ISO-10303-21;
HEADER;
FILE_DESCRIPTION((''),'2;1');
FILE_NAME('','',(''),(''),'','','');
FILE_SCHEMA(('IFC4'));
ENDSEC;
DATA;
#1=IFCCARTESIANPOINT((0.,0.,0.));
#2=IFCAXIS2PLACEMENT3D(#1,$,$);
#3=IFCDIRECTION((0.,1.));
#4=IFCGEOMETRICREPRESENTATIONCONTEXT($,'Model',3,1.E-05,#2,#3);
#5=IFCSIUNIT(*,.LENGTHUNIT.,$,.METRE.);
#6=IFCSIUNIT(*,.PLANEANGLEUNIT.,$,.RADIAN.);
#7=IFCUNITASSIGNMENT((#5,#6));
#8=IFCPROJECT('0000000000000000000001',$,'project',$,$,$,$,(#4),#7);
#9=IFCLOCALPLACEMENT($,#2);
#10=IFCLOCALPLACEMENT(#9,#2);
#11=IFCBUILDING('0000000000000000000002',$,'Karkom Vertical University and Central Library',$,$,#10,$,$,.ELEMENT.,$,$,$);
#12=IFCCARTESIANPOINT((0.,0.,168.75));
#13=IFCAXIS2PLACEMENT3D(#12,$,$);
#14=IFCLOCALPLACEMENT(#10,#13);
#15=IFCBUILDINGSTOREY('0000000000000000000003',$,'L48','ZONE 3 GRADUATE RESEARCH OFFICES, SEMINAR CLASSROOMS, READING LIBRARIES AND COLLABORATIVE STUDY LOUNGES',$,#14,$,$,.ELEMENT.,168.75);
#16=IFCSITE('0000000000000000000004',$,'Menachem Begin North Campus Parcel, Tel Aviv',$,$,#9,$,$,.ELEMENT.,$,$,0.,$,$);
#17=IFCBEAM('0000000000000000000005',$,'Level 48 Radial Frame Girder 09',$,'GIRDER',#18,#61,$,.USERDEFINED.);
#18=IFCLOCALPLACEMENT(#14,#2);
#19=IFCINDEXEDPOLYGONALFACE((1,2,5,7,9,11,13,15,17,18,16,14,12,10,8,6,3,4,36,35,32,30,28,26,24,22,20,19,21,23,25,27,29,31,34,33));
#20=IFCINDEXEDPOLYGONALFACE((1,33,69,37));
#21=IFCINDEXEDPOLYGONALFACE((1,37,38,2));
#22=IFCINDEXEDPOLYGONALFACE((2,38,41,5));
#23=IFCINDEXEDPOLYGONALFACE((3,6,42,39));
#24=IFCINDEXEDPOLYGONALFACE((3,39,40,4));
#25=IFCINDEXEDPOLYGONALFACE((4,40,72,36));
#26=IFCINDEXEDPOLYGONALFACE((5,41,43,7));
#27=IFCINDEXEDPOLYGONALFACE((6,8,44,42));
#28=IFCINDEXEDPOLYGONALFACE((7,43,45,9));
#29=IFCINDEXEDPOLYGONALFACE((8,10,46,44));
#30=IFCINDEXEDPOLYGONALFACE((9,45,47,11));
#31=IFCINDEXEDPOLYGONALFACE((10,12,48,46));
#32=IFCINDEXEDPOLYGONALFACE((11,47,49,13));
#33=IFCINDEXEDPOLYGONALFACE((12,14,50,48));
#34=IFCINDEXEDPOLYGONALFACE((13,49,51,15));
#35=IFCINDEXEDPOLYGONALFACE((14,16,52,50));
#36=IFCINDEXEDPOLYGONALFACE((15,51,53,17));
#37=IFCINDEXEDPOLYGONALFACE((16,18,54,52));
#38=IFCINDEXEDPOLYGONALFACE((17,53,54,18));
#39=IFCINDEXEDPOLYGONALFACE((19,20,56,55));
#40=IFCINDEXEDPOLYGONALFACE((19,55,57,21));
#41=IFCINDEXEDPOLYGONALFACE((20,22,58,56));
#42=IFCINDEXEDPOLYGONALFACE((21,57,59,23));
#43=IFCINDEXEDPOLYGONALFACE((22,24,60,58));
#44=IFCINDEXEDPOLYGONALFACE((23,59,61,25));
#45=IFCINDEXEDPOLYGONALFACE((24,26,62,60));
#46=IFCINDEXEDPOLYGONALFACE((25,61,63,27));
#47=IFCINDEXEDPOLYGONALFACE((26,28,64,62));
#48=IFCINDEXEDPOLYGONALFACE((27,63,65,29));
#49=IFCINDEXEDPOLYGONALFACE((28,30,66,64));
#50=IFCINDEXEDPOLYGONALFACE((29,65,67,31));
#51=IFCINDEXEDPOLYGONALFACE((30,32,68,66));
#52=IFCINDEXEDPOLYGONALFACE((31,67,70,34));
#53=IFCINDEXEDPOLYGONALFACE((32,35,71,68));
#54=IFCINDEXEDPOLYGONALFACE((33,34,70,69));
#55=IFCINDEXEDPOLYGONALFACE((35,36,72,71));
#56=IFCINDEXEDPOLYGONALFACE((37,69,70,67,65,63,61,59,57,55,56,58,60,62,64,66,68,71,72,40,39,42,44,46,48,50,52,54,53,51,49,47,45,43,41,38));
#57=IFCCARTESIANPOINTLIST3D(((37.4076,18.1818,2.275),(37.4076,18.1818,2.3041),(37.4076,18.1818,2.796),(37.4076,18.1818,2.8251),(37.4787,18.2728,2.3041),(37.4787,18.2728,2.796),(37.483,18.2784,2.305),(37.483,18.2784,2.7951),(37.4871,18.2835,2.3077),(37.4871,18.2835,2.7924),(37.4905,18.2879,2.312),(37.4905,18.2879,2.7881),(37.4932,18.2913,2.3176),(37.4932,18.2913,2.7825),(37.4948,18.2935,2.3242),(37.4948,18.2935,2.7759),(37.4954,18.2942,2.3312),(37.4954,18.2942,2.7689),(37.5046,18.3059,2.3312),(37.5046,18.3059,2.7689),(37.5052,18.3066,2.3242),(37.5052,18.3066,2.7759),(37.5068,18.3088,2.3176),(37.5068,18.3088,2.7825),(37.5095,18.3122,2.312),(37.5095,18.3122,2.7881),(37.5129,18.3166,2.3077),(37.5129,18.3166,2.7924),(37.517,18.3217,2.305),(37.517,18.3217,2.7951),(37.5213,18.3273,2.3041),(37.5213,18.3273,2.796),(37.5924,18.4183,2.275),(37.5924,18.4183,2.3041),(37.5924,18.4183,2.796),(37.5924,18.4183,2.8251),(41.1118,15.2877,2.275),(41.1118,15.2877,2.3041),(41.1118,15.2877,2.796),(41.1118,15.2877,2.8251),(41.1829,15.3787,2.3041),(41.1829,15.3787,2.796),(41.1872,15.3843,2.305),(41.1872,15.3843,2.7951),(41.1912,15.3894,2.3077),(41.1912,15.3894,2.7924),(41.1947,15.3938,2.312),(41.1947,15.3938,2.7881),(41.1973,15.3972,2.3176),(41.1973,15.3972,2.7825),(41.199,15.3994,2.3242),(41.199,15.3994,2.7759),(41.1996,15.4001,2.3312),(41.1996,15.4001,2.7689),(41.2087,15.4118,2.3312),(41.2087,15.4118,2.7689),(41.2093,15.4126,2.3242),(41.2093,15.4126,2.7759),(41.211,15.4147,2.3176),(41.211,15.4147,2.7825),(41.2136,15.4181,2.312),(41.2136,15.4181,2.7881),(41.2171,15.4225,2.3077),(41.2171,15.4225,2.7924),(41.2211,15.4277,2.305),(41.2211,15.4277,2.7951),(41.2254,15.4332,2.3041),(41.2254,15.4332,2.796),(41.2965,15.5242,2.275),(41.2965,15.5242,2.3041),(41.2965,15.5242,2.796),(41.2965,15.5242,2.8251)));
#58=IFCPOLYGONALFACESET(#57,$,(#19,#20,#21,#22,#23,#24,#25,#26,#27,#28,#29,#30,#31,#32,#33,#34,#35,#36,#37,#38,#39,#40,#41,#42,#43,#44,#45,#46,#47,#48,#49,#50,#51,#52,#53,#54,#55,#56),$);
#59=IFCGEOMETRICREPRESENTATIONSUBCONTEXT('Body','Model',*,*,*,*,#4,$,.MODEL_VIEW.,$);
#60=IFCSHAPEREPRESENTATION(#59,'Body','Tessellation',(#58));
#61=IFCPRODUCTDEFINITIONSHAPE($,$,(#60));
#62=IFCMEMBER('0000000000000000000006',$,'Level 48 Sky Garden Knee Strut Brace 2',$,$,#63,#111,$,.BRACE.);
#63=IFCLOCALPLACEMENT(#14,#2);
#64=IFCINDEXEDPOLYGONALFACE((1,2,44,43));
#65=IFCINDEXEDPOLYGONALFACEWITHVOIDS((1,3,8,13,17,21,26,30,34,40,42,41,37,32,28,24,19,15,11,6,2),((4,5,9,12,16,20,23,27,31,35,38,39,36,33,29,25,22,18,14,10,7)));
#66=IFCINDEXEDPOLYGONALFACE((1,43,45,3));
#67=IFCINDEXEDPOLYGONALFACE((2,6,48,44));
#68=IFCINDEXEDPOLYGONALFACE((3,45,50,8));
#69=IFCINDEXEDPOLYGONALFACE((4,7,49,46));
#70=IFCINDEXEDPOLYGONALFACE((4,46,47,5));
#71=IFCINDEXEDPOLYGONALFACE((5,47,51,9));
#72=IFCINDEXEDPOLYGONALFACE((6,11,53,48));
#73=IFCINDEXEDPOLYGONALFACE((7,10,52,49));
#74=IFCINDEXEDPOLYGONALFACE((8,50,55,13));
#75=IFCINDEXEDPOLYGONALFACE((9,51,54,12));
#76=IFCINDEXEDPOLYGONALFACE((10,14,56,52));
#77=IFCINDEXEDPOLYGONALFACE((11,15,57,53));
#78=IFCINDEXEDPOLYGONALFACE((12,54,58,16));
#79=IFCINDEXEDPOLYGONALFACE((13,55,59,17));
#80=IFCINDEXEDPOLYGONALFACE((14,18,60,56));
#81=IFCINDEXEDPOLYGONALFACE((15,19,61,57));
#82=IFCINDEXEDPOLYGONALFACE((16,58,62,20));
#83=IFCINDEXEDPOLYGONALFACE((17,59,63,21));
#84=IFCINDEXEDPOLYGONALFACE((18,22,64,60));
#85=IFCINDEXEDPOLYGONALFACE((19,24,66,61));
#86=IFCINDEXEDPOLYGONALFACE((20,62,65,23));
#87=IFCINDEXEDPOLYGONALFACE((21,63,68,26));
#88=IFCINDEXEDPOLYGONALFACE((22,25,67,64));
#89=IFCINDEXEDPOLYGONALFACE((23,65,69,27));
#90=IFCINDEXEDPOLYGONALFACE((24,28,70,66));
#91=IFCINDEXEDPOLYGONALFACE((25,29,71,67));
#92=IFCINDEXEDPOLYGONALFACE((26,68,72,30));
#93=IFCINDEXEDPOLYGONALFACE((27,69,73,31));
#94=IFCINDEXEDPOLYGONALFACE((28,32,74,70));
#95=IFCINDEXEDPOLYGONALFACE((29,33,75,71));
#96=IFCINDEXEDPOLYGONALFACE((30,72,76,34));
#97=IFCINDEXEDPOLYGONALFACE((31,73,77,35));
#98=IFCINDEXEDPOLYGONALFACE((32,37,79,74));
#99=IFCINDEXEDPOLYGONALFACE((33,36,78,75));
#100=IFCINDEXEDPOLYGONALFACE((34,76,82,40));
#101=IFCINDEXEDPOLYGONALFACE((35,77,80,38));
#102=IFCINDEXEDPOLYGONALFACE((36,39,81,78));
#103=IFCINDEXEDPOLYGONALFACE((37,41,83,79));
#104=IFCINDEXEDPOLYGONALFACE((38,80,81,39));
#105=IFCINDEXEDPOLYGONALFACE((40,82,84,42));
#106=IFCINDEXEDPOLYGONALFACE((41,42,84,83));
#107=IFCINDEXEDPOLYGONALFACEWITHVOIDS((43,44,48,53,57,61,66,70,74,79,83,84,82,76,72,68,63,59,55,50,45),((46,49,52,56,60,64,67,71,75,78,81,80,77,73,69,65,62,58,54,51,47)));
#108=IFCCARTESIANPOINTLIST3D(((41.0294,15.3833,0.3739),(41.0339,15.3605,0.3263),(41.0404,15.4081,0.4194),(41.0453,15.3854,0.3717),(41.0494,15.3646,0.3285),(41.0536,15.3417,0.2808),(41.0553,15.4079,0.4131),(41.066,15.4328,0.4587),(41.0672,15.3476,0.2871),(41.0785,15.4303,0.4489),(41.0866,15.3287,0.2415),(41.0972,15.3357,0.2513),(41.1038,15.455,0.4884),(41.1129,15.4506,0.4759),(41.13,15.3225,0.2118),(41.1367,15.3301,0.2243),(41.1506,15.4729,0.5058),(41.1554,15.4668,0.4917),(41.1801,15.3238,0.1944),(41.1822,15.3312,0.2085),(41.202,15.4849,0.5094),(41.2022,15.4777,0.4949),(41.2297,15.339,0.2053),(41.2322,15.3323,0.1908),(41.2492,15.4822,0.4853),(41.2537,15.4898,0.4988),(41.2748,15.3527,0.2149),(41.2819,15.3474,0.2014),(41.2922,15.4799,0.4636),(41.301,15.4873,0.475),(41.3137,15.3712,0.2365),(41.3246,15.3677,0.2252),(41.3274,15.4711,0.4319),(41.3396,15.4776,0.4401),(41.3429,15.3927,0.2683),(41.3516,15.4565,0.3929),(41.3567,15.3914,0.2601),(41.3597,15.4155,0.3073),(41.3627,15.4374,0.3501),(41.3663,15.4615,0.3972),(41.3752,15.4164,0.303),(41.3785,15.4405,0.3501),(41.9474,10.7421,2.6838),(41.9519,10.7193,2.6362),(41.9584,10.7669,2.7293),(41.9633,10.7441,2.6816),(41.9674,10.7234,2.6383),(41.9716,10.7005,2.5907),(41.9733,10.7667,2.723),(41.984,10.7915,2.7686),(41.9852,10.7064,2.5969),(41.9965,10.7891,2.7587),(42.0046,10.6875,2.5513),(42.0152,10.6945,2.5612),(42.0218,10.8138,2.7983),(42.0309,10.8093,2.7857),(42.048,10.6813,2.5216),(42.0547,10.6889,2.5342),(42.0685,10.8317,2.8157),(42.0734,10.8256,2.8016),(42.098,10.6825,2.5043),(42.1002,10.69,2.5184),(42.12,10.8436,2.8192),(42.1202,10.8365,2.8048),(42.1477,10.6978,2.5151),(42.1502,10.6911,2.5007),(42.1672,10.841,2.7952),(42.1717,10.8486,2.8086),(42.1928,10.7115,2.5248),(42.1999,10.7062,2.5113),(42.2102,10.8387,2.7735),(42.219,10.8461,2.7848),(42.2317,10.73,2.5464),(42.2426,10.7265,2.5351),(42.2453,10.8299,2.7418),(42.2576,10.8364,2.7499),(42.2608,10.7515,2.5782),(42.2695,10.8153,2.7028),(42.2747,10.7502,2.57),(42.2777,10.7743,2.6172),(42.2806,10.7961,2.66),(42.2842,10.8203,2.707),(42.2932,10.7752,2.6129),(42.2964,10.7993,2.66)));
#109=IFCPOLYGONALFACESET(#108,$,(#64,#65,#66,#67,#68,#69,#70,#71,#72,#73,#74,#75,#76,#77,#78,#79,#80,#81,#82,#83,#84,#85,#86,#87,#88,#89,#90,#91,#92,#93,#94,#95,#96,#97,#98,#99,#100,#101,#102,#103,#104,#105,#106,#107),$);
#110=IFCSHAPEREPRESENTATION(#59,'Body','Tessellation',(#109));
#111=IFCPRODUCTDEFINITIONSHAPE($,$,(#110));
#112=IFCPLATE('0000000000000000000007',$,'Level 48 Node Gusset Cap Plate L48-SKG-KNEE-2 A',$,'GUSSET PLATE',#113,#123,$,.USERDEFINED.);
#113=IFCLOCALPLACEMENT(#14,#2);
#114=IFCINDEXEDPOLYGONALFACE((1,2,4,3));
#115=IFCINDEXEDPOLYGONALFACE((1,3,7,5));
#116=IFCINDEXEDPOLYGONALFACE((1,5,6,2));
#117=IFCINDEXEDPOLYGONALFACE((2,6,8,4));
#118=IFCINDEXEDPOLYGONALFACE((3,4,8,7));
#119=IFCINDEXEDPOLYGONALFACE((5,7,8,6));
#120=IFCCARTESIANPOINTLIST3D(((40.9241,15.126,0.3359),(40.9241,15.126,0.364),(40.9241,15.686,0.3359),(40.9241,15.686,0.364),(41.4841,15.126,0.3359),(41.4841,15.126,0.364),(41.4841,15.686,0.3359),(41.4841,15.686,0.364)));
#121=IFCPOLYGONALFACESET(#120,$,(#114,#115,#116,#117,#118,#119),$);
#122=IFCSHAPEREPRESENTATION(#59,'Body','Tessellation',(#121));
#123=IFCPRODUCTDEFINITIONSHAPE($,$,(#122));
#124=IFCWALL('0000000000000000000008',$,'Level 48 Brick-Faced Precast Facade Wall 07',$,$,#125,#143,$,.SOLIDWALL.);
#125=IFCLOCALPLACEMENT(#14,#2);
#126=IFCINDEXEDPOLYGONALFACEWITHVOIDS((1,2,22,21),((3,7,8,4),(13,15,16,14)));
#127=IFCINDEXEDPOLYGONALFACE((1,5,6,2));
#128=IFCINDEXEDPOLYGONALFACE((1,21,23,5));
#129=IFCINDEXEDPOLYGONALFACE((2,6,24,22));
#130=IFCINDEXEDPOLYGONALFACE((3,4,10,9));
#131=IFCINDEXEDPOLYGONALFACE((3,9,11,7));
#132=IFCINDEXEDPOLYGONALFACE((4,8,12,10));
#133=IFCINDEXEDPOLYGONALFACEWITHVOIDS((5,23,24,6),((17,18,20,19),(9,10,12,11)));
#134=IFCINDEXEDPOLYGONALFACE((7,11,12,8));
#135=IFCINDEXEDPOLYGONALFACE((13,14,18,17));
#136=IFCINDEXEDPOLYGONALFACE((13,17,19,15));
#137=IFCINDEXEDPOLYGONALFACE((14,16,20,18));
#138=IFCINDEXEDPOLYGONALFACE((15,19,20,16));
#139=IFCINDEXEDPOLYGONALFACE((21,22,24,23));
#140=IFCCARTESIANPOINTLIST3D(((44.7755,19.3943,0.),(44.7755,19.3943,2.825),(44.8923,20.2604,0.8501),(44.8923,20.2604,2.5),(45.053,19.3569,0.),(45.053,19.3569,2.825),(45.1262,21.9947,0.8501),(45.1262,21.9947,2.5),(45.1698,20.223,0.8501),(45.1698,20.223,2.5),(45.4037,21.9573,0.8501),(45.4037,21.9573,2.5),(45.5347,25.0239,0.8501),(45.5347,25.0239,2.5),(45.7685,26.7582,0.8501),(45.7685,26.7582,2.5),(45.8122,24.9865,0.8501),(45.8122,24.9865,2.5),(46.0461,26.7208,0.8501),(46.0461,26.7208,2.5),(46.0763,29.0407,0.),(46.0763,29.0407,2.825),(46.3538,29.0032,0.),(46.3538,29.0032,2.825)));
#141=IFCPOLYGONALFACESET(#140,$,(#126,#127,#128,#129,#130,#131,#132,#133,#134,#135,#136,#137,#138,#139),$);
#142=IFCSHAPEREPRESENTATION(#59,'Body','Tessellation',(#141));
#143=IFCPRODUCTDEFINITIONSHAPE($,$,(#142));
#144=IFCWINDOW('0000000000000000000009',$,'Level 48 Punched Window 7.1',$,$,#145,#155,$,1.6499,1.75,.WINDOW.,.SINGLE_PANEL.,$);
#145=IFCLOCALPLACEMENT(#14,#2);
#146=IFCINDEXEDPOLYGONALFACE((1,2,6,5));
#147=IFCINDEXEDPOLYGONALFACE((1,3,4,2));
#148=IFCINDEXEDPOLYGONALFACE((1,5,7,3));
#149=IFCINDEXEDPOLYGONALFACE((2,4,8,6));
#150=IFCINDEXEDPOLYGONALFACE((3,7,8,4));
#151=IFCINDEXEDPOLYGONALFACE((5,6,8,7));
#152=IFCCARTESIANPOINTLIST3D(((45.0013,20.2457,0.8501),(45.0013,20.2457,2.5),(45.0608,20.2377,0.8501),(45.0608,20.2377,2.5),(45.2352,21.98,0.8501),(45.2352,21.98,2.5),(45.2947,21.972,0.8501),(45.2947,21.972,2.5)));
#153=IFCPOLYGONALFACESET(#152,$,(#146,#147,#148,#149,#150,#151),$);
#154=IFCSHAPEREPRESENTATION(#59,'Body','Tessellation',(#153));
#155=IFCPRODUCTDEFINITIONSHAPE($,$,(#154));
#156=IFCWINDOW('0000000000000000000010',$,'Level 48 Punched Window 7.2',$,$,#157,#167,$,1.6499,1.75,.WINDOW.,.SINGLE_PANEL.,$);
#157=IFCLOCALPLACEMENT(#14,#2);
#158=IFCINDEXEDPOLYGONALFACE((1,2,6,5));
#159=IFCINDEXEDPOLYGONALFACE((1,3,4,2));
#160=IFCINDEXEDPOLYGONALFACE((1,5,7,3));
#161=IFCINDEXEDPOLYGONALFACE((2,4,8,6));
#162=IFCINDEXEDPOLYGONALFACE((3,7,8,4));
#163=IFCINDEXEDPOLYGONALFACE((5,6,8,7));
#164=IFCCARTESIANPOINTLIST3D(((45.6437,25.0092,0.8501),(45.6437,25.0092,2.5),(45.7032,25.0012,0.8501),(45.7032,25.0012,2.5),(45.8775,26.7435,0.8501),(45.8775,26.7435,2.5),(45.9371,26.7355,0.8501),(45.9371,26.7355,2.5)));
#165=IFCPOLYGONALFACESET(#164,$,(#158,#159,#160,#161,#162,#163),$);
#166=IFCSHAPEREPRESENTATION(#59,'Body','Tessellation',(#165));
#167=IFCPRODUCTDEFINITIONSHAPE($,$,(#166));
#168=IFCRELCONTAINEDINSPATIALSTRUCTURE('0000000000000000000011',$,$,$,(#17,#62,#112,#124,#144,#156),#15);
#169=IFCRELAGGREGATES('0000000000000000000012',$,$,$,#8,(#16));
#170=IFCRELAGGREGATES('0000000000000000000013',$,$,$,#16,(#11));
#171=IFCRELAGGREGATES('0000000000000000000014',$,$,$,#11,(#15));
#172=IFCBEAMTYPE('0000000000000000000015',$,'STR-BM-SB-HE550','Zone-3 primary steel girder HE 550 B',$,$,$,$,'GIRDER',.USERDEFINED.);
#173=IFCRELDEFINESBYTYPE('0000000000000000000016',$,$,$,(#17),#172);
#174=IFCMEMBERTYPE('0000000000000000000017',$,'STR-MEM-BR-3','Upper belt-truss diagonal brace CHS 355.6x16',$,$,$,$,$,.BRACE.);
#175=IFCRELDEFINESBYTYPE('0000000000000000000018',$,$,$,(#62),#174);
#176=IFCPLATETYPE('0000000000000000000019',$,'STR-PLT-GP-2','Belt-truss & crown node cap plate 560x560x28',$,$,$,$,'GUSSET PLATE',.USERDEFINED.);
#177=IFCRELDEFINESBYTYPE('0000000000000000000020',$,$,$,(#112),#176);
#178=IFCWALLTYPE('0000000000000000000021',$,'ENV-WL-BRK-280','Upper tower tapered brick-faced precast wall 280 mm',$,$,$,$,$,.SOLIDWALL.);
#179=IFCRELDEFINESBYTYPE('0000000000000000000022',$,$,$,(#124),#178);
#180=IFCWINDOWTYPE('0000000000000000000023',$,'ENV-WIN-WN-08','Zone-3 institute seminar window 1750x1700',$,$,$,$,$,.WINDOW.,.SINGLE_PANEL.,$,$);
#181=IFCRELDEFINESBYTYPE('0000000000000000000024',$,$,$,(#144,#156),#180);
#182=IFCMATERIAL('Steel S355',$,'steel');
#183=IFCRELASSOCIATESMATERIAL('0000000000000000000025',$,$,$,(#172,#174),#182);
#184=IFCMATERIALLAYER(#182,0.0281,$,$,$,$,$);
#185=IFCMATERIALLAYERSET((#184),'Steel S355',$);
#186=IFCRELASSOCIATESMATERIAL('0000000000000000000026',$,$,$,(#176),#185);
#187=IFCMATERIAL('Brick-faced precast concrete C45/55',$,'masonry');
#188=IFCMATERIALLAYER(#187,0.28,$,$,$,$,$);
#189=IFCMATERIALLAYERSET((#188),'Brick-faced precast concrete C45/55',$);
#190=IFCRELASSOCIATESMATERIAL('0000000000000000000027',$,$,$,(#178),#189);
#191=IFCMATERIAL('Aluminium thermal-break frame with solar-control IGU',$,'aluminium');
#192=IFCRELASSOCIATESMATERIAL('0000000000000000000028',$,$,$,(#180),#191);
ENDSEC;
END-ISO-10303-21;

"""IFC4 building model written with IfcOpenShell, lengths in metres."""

from ifc_helpers import new_model, si_unit, direction, frame, frame_2d, origin, origin_with_axes, origin_2d, place, context, subcontext, project, spatial, rectangle, hollow_circle, i_section, extrude, source, transform, mapped, material, layer, layer_set, material_profile, profile_set, type_object, element, fill, save


model = new_model("IFC4")

# Units and contexts
model_context = context("Model", 3, precision=1e-05, world=origin(), true_north=direction((0.0, 1.0)))
body_context = subcontext(model_context, "Body", "Model", "MODEL_VIEW")
ifc_project = project(units=[si_unit("LENGTHUNIT", "METRE"), si_unit("PLANEANGLEUNIT", "RADIAN")], contexts=[model_context])

# Site, building, storey
site_placement = place(None, origin())
site = spatial("IfcSite", under=ifc_project, at=site_placement, Name="Menachem Begin North Campus Parcel, Tel Aviv", CompositionType="ELEMENT", RefElevation=0.0)
building_placement = place(site_placement, origin())
building = spatial("IfcBuilding", under=site, at=building_placement, Name="Karkom Vertical University and Central Library", CompositionType="ELEMENT")
storey_placement = place(building_placement, frame((0.0, 0.0, 168.75)))
storey = spatial("IfcBuildingStorey", under=building, at=storey_placement, Name="L48", Description="ZONE 3 GRADUATE RESEARCH OFFICES, SEMINAR CLASSROOMS, READING LIBRARIES AND COLLABORATIVE STUDY LOUNGES", CompositionType="ELEMENT", Elevation=168.75)

# Beam
ifc_material_1 = material(Name="Steel S355", Category="steel")
ifc_material_profile_1 = material_profile(ifc_material_1, i_section(OverallWidth=0.3, OverallDepth=0.55, WebThickness=0.0149, FlangeThickness=0.0291, FilletRadius=0.0271, at=origin_2d()), Name="HE 550 B")
ifc_profile_set_1 = profile_set([ifc_material_profile_1], Name="Steel S355")
beam_type_1 = type_object("IfcBeamType", Name="STR-BM-SB-HE550", Description="Zone-3 primary steel girder HE 550 B", ElementType="GIRDER", PredefinedType="USERDEFINED", material=ifc_profile_set_1)
shared_shape_1 = source(origin_with_axes(), body_context, "Body", "SweptSolid", [
    extrude(i_section(OverallWidth=0.3, OverallDepth=0.55, WebThickness=0.0149, FlangeThickness=0.0291, FilletRadius=0.0271, at=origin_2d()), origin(), (0.0, 0.0, 1.0), 4.7007),
])
beam_1_placement = place(storey_placement, frame((37.5, 18.3, 2.55), z_axis=(0.788002, -0.615672, 0.0), x_axis=(0.615672, 0.788002, 0.0)))
element("IfcBeam", 1, at=beam_1_placement, inside=storey, type_object=beam_type_1, Name="Level 48 Radial Frame Girder 09", ObjectType="GIRDER", PredefinedType="USERDEFINED", context=body_context, shape_type="MappedRepresentation", body=[
    mapped(shared_shape_1, transform((0.0, 0.0, 0.0), scale=1.0)),
])

# Member
ifc_material_profile_2 = material_profile(ifc_material_1, hollow_circle(Radius=0.1777, WallThickness=0.0161, at=origin_2d()), Name="CHS 355.6x16")
ifc_profile_set_2 = profile_set([ifc_material_profile_2], Name="Steel S355")
member_type = type_object("IfcMemberType", Name="STR-MEM-BR-3", Description="Upper belt-truss diagonal brace CHS 355.6x16", PredefinedType="BRACE", material=ifc_profile_set_2)
shared_shape_2 = source(origin_with_axes(), body_context, "Body", "SweptSolid", [
    extrude(hollow_circle(Radius=0.1777, WallThickness=0.0161, at=origin_2d()), origin(), (0.0, 0.0, 1.0), 5.2649),
])
member_placement = place(storey_placement, frame((41.2041, 15.406, 0.3501), z_axis=(0.174361, -0.881541, 0.43873), x_axis=(0.980995, 0.194032, 0.0)))
element("IfcMember", 2, at=member_placement, inside=storey, type_object=member_type, Name="Level 48 Sky Garden Knee Strut Brace 2", PredefinedType="BRACE", context=body_context, shape_type="MappedRepresentation", body=[
    mapped(shared_shape_2, transform((0.0, 0.0, 0.0), scale=1.0)),
])

# Plate
ifc_layer_1 = layer(ifc_material_1, 0.0281)
ifc_layer_set_1 = layer_set([ifc_layer_1], Name="Steel S355")
plate_type = type_object("IfcPlateType", Name="STR-PLT-GP-2", Description="Belt-truss & crown node cap plate 560x560x28", ElementType="GUSSET PLATE", PredefinedType="USERDEFINED", material=ifc_layer_set_1)
shared_shape_3 = source(origin_with_axes(), body_context, "Body", "SweptSolid", [
    extrude(rectangle(XDim=0.5601, YDim=0.5601, at=origin_2d()), origin(), (0.0, 0.0, 1.0), 0.0281),
])
plate_placement = place(storey_placement, frame((41.2041, 15.406, 0.3359), z_axis=(0.0, 0.0, 1.0), x_axis=(1.0, 0.0, 0.0)))
element("IfcPlate", 3, at=plate_placement, inside=storey, type_object=plate_type, Name="Level 48 Node Gusset Cap Plate L48-SKG-KNEE-2 A", ObjectType="GUSSET PLATE", PredefinedType="USERDEFINED", context=body_context, shape_type="MappedRepresentation", body=[
    mapped(shared_shape_3, transform((0.0, 0.0, 0.0), scale=1.0)),
])

# Wall, openings, windows
ifc_material_2 = material(Name="Brick-faced precast concrete C45/55", Category="masonry")
ifc_layer_2 = layer(ifc_material_2, 0.28)
ifc_layer_set_2 = layer_set([ifc_layer_2], Name="Brick-faced precast concrete C45/55")
wall_type_1 = type_object("IfcWallType", Name="ENV-WL-BRK-280", Description="Upper tower tapered brick-faced precast wall 280 mm", PredefinedType="SOLIDWALL", material=ifc_layer_set_2)
wall_1_placement = place(storey_placement, frame((44.9143, 19.3757, 0.0), z_axis=(0.0, 0.0, 1.0), x_axis=(0.133639, 0.99103, 0.0)))
wall_1 = element("IfcWall", 4, at=wall_1_placement, inside=storey, type_object=wall_type_1, Name="Level 48 Brick-Faced Precast Facade Wall 07", PredefinedType="SOLIDWALL", context=body_context, shape_type="SweptSolid", body=[
    extrude(rectangle(XDim=9.7336, YDim=0.28, at=frame_2d((4.8667, 0.0))), origin(), (0.0, 0.0, 1.0), 2.825),
])
opening_1_placement = place(wall_1_placement, frame((0.8738, 0.0, 0.8501)))
opening_1 = element("IfcOpeningElement", 5, at=opening_1_placement, cuts=wall_1, PredefinedType="OPENING", context=body_context, shape_type="SweptSolid", body=[
    extrude(rectangle(XDim=1.75, YDim=1.6499, at=frame_2d((0.875, 0.825))), frame((0.0, 0.1499, 0.0), z_axis=(0.0, -1.0, 0.0), x_axis=(1.0, 0.0, 0.0)), (0.0, 0.0, 1.0), 0.3),
])
opening_2_placement = place(wall_1_placement, frame((5.6804, 0.0, 0.8501)))
opening_2 = element("IfcOpeningElement", 6, at=opening_2_placement, cuts=wall_1, PredefinedType="OPENING", context=body_context, shape_type="SweptSolid", body=[
    extrude(rectangle(XDim=1.75, YDim=1.6499, at=frame_2d((0.875, 0.825))), frame((0.0, 0.1499, 0.0), z_axis=(0.0, -1.0, 0.0), x_axis=(1.0, 0.0, 0.0)), (0.0, 0.0, 1.0), 0.3),
])
ifc_material_3 = material(Name="Aluminium thermal-break frame with solar-control IGU", Category="aluminium")
window_type = type_object("IfcWindowType", Name="ENV-WIN-WN-08", Description="Zone-3 institute seminar window 1750x1700", PartitioningType="SINGLE_PANEL", PredefinedType="WINDOW", material=ifc_material_3)
shared_shape_4 = source(origin_with_axes(), body_context, "Body", "SweptSolid", [
    extrude(rectangle(XDim=1.75, YDim=1.6499, at=frame_2d((0.875, 0.825))), frame((0.0, 0.03, 0.0), z_axis=(0.0, -1.0, 0.0), x_axis=(1.0, 0.0, 0.0)), (0.0, 0.0, 1.0), 0.0601),
])
window_1_placement = place(opening_1_placement, origin())
window_1 = element("IfcWindow", 7, at=window_1_placement, inside=storey, type_object=window_type, Name="Level 48 Punched Window 7.1", OverallHeight=1.6499, OverallWidth=1.75, PartitioningType="SINGLE_PANEL", PredefinedType="WINDOW", context=body_context, shape_type="MappedRepresentation", body=[
    mapped(shared_shape_4, transform((0.0, 0.0, 0.0), scale=1.0)),
])
fill(opening_1, window_1)
window_2_placement = place(opening_2_placement, origin())
window_2 = element("IfcWindow", 8, at=window_2_placement, inside=storey, type_object=window_type, Name="Level 48 Punched Window 7.2", OverallHeight=1.6499, OverallWidth=1.75, PartitioningType="SINGLE_PANEL", PredefinedType="WINDOW", context=body_context, shape_type="MappedRepresentation", body=[
    mapped(shared_shape_4, transform((0.0, 0.0, 0.0), scale=1.0)),
])
fill(opening_2, window_2)

save(model, "model.ifc")
